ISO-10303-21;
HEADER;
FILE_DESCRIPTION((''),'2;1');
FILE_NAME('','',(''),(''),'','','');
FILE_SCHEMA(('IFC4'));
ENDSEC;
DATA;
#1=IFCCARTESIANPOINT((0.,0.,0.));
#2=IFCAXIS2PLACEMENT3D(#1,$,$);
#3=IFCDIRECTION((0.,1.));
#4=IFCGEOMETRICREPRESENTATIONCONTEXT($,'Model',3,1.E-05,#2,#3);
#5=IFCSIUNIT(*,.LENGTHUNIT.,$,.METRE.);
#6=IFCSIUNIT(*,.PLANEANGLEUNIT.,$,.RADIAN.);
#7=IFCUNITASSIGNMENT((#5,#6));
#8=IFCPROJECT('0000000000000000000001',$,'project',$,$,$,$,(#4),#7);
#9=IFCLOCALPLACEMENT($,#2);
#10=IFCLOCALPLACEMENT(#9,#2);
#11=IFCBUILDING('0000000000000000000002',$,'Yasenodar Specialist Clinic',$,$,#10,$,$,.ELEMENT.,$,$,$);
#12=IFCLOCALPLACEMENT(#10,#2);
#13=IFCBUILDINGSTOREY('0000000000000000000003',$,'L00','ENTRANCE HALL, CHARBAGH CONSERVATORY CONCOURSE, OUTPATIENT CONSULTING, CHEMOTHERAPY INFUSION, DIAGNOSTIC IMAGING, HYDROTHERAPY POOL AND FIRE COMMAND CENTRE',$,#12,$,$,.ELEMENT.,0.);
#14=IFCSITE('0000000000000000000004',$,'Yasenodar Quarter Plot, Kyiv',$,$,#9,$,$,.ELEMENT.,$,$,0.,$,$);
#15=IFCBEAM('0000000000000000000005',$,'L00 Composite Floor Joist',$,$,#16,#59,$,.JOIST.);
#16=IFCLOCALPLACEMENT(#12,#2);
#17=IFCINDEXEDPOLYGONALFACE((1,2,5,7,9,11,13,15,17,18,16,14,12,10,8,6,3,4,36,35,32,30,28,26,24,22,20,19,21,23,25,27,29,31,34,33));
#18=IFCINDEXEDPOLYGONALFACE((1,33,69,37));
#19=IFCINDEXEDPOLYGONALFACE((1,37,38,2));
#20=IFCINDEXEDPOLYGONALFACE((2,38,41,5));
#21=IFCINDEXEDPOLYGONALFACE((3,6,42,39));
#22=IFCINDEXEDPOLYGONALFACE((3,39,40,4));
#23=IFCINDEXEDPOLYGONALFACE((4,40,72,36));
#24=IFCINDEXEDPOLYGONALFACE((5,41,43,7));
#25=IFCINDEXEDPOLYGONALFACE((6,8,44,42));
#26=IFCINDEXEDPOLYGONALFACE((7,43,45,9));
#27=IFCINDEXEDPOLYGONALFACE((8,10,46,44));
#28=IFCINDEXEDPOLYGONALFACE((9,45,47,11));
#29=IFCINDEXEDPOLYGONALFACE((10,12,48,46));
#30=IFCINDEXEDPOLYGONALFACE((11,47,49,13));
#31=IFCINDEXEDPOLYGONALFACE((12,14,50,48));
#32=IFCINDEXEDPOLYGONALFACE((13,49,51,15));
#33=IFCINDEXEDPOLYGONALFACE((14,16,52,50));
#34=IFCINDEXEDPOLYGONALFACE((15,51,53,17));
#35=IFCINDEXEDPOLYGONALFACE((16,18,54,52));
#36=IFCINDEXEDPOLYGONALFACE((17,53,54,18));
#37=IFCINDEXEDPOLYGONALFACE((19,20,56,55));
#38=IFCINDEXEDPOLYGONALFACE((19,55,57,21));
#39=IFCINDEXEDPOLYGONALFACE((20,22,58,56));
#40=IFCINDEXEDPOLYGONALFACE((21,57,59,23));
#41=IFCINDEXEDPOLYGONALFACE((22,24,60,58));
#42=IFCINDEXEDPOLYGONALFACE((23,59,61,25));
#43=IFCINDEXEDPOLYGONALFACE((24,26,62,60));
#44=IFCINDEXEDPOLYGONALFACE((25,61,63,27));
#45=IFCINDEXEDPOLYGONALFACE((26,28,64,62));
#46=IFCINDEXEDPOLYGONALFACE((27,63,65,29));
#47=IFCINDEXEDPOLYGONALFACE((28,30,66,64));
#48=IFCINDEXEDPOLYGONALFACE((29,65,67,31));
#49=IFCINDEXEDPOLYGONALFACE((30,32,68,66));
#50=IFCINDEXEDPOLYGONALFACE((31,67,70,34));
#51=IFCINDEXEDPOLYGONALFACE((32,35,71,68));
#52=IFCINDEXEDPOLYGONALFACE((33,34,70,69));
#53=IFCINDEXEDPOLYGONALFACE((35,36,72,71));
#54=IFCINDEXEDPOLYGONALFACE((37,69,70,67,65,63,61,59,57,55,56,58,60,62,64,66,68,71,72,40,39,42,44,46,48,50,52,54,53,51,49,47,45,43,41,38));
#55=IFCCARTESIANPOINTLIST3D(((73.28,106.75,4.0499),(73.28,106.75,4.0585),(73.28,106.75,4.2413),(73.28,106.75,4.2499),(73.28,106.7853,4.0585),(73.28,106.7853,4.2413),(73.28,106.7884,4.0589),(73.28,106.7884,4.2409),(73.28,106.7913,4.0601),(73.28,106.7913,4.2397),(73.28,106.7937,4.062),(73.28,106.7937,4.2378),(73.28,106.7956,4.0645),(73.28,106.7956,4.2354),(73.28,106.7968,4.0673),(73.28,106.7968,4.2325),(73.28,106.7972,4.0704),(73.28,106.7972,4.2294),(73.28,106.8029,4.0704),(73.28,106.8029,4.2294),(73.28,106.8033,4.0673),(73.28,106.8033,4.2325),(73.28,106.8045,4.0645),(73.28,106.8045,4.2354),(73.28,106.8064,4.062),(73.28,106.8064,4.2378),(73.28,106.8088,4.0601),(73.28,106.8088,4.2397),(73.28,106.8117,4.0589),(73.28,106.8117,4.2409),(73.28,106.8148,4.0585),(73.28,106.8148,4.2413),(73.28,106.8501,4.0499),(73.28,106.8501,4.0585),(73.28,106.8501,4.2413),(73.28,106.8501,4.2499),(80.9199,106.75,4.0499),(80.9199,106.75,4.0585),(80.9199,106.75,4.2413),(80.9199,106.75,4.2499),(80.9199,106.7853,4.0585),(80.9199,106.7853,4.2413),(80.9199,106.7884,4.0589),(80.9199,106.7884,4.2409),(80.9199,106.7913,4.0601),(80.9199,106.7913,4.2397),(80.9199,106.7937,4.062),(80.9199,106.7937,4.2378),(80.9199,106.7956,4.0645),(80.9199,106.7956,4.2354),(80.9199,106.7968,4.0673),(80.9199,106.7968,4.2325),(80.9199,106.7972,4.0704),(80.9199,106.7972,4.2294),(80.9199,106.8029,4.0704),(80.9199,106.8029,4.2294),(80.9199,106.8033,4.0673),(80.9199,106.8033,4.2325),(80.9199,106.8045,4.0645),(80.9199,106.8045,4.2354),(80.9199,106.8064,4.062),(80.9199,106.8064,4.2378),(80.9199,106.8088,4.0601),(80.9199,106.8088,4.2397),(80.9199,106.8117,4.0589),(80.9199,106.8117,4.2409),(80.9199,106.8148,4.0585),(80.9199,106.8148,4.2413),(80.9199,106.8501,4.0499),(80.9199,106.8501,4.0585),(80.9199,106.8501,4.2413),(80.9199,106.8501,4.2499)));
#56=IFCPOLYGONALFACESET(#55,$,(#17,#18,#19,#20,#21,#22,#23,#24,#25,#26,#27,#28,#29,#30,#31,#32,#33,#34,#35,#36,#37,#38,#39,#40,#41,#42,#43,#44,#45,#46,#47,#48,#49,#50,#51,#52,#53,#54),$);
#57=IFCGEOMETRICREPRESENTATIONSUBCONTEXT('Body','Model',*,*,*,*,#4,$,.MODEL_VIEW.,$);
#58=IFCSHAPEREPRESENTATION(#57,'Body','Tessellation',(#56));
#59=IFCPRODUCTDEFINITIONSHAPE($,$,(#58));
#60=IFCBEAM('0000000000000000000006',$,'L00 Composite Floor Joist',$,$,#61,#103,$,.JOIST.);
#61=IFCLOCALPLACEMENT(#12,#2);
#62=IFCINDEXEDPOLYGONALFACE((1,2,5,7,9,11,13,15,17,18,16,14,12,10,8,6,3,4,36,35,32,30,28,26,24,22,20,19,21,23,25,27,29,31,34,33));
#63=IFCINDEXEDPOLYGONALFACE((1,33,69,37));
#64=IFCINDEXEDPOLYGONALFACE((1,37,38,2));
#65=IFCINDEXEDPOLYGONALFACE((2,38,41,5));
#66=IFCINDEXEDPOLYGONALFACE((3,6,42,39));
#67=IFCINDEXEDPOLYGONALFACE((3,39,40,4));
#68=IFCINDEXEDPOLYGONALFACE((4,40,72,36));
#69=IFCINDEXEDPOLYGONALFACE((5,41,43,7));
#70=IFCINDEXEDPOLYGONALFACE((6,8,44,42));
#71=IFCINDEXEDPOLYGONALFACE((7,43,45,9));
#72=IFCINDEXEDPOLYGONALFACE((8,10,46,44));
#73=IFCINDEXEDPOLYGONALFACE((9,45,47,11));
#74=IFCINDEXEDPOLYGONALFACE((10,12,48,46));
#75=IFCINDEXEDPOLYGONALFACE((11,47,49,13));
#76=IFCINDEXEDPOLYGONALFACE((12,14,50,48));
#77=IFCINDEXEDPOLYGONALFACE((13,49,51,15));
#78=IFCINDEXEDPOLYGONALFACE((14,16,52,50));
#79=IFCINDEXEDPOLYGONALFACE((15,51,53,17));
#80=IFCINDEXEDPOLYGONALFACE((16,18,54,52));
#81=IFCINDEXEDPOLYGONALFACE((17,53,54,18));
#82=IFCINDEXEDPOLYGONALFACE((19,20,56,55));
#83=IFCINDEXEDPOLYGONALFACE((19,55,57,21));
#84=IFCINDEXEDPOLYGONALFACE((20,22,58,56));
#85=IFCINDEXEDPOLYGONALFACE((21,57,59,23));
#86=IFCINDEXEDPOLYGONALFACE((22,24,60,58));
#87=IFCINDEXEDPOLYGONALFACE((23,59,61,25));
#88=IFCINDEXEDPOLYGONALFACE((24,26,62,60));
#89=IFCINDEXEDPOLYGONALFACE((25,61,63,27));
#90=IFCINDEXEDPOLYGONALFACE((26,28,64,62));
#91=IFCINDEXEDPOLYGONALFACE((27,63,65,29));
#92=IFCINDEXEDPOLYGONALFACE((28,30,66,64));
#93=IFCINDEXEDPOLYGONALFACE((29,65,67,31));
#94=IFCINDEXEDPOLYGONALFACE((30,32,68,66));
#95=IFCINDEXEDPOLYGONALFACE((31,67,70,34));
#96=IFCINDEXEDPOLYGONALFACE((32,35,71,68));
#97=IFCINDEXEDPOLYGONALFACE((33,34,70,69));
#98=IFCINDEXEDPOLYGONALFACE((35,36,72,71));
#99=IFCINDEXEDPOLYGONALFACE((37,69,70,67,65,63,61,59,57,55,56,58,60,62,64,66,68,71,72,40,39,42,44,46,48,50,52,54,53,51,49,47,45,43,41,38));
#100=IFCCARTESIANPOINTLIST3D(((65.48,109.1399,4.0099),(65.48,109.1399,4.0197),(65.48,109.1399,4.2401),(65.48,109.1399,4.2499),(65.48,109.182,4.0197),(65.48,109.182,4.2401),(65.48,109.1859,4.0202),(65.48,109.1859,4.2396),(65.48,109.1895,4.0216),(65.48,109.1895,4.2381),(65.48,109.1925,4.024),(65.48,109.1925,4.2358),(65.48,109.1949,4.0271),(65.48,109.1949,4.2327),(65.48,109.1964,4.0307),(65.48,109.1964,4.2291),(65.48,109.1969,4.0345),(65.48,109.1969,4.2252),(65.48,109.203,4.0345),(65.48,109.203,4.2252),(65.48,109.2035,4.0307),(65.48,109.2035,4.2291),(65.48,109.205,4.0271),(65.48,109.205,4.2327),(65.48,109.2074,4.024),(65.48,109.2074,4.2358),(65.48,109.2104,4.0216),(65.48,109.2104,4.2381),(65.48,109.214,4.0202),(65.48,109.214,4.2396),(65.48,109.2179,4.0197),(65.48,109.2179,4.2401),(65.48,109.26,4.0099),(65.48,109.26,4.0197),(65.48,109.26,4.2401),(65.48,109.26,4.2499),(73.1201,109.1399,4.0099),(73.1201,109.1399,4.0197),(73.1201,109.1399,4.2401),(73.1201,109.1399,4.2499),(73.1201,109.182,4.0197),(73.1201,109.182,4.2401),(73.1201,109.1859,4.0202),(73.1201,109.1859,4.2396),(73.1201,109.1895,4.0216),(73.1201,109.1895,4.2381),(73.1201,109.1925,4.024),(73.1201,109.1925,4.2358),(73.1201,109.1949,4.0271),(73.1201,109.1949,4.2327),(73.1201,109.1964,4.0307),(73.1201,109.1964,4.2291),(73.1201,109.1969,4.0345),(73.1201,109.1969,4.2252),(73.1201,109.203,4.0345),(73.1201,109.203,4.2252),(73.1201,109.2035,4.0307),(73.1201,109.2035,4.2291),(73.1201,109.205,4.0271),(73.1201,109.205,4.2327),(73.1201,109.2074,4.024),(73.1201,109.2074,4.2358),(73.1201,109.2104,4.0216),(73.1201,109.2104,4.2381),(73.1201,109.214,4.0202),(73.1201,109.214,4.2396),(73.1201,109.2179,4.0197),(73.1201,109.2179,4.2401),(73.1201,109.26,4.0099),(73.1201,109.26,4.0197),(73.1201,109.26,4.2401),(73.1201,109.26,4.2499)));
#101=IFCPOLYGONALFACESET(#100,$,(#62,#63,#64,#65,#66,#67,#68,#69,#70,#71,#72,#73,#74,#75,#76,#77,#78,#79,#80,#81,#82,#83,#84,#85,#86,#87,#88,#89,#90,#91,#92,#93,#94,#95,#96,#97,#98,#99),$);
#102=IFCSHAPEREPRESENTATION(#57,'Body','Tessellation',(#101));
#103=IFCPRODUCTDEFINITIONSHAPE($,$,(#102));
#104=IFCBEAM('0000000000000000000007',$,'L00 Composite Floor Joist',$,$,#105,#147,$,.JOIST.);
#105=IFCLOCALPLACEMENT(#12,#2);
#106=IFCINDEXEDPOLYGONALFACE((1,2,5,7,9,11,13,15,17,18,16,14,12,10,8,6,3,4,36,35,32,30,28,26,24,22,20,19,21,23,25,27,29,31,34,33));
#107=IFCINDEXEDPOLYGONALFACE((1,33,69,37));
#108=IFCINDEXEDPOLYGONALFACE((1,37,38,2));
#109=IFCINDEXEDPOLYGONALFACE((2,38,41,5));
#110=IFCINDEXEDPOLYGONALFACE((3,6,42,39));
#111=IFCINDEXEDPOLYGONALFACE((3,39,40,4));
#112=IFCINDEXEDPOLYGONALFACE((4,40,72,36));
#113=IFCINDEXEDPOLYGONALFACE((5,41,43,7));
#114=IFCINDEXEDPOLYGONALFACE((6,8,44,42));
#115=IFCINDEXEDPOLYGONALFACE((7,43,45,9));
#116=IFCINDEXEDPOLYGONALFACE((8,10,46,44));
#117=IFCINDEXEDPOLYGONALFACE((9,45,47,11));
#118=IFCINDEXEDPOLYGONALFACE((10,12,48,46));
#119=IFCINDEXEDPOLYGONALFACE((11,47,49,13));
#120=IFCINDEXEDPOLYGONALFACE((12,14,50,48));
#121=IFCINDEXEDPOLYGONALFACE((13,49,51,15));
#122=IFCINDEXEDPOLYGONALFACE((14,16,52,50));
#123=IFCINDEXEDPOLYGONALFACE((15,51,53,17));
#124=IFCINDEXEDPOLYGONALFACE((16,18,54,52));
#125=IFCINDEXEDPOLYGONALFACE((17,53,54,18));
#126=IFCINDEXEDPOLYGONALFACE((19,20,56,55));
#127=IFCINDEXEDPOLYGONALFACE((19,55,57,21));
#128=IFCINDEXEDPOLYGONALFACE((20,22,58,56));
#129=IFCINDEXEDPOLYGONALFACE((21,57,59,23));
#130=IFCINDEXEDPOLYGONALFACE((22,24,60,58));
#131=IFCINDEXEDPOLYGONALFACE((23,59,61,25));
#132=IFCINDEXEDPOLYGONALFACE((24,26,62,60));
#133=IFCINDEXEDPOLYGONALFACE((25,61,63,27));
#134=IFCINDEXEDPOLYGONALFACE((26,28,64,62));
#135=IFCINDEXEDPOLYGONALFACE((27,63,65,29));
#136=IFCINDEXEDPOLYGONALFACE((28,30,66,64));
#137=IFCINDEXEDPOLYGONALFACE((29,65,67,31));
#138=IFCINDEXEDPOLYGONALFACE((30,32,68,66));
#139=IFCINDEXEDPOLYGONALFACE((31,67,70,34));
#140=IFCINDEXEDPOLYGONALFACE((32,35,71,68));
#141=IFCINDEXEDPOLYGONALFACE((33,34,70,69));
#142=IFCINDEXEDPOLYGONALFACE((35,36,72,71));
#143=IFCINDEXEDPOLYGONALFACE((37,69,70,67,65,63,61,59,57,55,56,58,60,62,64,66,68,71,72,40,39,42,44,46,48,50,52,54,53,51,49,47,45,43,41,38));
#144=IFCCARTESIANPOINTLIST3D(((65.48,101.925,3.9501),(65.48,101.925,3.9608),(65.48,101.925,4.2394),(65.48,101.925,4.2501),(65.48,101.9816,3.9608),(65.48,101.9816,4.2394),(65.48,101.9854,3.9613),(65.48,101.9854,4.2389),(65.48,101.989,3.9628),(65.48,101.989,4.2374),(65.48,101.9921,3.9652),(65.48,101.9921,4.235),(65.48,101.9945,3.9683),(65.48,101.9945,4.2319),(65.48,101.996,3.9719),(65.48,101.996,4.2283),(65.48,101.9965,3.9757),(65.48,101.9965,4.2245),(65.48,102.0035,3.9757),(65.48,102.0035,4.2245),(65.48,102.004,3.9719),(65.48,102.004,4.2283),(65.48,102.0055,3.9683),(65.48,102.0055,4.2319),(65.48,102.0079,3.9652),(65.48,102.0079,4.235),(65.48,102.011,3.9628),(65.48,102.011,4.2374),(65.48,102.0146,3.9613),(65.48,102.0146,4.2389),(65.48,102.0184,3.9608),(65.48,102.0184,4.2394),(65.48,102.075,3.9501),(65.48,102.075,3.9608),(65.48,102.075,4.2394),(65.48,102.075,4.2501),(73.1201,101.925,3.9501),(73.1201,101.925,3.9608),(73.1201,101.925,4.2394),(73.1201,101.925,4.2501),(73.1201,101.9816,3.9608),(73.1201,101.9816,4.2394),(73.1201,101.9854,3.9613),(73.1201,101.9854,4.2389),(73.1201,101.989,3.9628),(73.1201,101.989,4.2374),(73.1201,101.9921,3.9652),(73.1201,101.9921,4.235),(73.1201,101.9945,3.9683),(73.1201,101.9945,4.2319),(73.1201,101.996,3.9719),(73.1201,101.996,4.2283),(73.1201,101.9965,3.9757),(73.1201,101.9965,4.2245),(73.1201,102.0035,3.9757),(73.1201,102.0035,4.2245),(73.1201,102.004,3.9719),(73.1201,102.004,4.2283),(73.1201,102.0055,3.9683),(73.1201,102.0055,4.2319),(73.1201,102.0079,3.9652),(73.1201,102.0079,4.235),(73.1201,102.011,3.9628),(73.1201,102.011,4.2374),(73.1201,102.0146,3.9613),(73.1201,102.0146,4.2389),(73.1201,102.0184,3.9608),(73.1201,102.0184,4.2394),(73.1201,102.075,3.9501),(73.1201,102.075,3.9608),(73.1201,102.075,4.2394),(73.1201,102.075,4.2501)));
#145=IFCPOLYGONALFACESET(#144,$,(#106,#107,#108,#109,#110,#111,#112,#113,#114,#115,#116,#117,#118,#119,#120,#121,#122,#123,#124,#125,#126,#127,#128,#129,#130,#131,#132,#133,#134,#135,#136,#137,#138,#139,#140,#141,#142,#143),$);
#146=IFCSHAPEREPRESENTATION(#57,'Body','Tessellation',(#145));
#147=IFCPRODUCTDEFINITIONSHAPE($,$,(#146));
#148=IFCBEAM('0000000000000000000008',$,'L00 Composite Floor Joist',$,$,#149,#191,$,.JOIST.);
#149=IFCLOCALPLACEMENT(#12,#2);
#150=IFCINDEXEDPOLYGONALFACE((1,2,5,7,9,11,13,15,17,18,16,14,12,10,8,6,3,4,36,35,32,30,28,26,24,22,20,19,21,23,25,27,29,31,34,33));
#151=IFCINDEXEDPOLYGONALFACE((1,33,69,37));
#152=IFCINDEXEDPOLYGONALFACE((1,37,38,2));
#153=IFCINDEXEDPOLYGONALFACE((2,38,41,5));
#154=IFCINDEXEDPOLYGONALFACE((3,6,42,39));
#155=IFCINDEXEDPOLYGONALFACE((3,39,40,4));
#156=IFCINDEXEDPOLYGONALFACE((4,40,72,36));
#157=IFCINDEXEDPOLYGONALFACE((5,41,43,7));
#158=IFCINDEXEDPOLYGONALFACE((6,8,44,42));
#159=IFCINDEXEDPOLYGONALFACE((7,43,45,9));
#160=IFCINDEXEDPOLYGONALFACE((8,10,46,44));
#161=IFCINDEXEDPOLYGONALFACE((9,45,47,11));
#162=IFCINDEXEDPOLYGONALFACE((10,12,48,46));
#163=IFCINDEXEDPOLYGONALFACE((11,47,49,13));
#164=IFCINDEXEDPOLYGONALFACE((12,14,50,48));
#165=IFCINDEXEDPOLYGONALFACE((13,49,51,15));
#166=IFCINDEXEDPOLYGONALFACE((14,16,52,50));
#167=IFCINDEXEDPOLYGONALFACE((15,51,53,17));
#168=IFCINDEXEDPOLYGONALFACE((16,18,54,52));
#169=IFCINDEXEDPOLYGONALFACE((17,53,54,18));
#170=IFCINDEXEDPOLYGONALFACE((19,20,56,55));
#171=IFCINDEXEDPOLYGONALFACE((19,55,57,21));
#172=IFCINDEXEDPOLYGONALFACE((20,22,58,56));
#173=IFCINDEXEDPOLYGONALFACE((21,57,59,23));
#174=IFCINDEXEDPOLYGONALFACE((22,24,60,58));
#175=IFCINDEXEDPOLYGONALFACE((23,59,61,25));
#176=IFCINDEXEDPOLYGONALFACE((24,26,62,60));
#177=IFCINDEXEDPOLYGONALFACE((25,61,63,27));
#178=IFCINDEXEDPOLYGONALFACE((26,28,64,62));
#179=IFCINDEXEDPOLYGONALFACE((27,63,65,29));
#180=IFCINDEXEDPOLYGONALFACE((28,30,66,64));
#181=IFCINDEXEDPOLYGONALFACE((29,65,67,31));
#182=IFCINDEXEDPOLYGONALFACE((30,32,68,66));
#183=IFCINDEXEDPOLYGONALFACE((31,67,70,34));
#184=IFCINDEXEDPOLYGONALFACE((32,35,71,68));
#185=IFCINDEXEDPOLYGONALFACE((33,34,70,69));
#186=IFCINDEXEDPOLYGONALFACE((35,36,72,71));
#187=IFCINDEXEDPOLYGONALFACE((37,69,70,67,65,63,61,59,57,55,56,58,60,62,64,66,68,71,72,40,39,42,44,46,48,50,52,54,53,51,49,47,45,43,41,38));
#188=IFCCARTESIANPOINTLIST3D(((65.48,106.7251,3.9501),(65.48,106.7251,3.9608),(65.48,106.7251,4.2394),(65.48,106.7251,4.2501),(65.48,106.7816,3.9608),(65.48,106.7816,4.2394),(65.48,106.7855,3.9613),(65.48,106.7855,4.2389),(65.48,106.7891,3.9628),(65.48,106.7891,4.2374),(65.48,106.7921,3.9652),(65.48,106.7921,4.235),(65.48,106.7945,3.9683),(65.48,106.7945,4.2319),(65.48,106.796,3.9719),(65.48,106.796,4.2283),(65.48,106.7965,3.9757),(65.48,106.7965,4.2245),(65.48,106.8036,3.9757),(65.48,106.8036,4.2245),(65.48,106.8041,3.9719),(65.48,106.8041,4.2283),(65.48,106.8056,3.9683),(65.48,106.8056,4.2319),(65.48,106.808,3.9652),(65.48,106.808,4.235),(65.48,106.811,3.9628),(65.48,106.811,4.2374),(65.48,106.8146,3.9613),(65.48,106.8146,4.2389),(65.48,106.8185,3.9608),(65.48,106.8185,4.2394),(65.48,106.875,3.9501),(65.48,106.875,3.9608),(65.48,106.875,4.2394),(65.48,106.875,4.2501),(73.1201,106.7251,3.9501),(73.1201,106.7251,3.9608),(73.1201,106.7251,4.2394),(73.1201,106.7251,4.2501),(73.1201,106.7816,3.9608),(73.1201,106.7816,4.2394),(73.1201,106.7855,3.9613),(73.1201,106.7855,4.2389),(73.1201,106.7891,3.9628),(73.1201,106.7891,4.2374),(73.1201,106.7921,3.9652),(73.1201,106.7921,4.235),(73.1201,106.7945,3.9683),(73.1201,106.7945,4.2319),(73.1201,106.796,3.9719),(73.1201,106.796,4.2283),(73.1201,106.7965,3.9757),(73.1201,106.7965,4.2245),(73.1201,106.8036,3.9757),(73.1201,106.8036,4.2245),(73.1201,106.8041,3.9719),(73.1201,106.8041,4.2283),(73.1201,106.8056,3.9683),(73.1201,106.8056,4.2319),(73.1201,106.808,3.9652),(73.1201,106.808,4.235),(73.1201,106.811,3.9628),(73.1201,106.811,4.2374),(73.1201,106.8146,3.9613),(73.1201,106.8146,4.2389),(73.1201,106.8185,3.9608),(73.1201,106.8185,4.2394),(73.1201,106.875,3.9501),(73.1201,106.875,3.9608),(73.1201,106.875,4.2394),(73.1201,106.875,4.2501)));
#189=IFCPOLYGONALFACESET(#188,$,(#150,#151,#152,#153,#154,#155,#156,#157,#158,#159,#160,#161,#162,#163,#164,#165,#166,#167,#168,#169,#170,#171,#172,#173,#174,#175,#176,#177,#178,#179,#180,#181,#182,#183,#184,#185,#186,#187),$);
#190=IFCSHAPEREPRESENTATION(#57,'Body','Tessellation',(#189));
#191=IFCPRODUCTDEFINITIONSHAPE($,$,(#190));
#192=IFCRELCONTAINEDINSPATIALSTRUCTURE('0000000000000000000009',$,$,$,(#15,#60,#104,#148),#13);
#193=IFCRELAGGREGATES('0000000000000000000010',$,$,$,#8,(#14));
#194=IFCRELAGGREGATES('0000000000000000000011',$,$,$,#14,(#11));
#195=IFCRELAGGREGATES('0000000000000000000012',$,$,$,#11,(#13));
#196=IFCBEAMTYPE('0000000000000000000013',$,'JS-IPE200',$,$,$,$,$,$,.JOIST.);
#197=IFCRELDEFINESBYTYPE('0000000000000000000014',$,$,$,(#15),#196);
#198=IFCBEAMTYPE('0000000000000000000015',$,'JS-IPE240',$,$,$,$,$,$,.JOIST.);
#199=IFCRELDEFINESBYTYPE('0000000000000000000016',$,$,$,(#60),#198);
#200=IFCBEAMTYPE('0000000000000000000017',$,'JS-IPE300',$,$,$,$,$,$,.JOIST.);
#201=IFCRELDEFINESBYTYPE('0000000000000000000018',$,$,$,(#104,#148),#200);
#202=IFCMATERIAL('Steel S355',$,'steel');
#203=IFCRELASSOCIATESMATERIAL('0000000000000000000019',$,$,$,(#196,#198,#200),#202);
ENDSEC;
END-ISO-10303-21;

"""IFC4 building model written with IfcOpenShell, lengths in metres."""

from ifc_helpers import new_model, si_unit, direction, frame, origin, origin_2d, place, context, subcontext, project, spatial, i_section, extrude, material, material_profile, profile_set, type_object, element, save


model = new_model("IFC4")

# Units and contexts
model_context = context("Model", 3, precision=1e-05, world=origin(), true_north=direction((0.0, 1.0)))
body_context = subcontext(model_context, "Body", "Model", "MODEL_VIEW")
ifc_project = project(units=[si_unit("LENGTHUNIT", "METRE"), si_unit("PLANEANGLEUNIT", "RADIAN")], contexts=[model_context])

# Site, building, storey
site_placement = place(None, origin())
site = spatial("IfcSite", under=ifc_project, at=site_placement, Name="Yasenodar Quarter Plot, Kyiv", CompositionType="ELEMENT", RefElevation=0.0)
building_placement = place(site_placement, origin())
building = spatial("IfcBuilding", under=site, at=building_placement, Name="Yasenodar Specialist Clinic", CompositionType="ELEMENT")
storey_placement = place(building_placement, origin())
storey = spatial("IfcBuildingStorey", under=building, at=storey_placement, Name="L00", Description="ENTRANCE HALL, CHARBAGH CONSERVATORY CONCOURSE, OUTPATIENT CONSULTING, CHEMOTHERAPY INFUSION, DIAGNOSTIC IMAGING, HYDROTHERAPY POOL AND FIRE COMMAND CENTRE", CompositionType="ELEMENT", Elevation=0.0)

# Shared definitions
ifc_material_1 = material(Name="Steel S355", Category="steel")

# Beams
ifc_material_profile_1 = material_profile(ifc_material_1, i_section(OverallWidth=0.1001, OverallDepth=0.2, WebThickness=0.0056, FlangeThickness=0.0085, FilletRadius=0.012, at=origin_2d()), Name="IPE 200")
ifc_profile_set_1 = profile_set([ifc_material_profile_1], Name="Steel S355")
beam_type_1 = type_object("IfcBeamType", Name="JS-IPE200", PredefinedType="JOIST", material=ifc_profile_set_1)
beam_1_placement = place(storey_placement, frame((73.28, 106.8, 4.1499), z_axis=(1.0, 0.0, 0.0), x_axis=(0.0, 1.0, 0.0)))
element("IfcBeam", 1, at=beam_1_placement, inside=storey, type_object=beam_type_1, Name="L00 Composite Floor Joist", PredefinedType="JOIST", context=body_context, shape_type="SweptSolid", body=[
    extrude(i_section(OverallWidth=0.1001, OverallDepth=0.2, WebThickness=0.0056, FlangeThickness=0.0085, FilletRadius=0.012, at=origin_2d()), origin(), (0.0, 0.0, 1.0), 7.6399),
])
ifc_material_profile_2 = material_profile(ifc_material_1, i_section(OverallWidth=0.1201, OverallDepth=0.24, WebThickness=0.0061, FlangeThickness=0.0098, FilletRadius=0.0149, at=origin_2d()), Name="IPE 240")
ifc_profile_set_2 = profile_set([ifc_material_profile_2], Name="Steel S355")
beam_type_2 = type_object("IfcBeamType", Name="JS-IPE240", PredefinedType="JOIST", material=ifc_profile_set_2)
beam_2_placement = place(storey_placement, frame((65.48, 109.2, 4.1299), z_axis=(1.0, 0.0, 0.0), x_axis=(0.0, 1.0, 0.0)))
element("IfcBeam", 2, at=beam_2_placement, inside=storey, type_object=beam_type_2, Name="L00 Composite Floor Joist", PredefinedType="JOIST", context=body_context, shape_type="SweptSolid", body=[
    extrude(i_section(OverallWidth=0.1201, OverallDepth=0.24, WebThickness=0.0061, FlangeThickness=0.0098, FilletRadius=0.0149, at=origin_2d()), origin(), (0.0, 0.0, 1.0), 7.6401),
])
ifc_material_profile_3 = material_profile(ifc_material_1, i_section(OverallWidth=0.1499, OverallDepth=0.3, WebThickness=0.0071, FlangeThickness=0.0107, FilletRadius=0.0149, at=origin_2d()), Name="IPE 300")
ifc_profile_set_3 = profile_set([ifc_material_profile_3], Name="Steel S355")
beam_type_3 = type_object("IfcBeamType", Name="JS-IPE300", PredefinedType="JOIST", material=ifc_profile_set_3)
for number, where, z_axis, x_axis, name in (
    (3, (65.48, 102.0, 4.1001), (1.0, 0.0, 0.0), (0.0, 1.0, 0.0), "L00 Composite Floor Joist"),
    (4, (65.48, 106.8, 4.1001), (1.0, 0.0, 0.0), (0.0, 1.0, 0.0), "L00 Composite Floor Joist"),
):
    element("IfcBeam", number, at=place(storey_placement, frame(where, z_axis=z_axis, x_axis=x_axis)), inside=storey, type_object=beam_type_3, Name=name, PredefinedType="JOIST", context=body_context, shape_type="SweptSolid", body=[
        extrude(i_section(OverallWidth=0.1499, OverallDepth=0.3, WebThickness=0.0071, FlangeThickness=0.0107, FilletRadius=0.0149, at=origin_2d()), origin(), (0.0, 0.0, 1.0), 7.6401),
    ])

save(model, "model.ifc")
